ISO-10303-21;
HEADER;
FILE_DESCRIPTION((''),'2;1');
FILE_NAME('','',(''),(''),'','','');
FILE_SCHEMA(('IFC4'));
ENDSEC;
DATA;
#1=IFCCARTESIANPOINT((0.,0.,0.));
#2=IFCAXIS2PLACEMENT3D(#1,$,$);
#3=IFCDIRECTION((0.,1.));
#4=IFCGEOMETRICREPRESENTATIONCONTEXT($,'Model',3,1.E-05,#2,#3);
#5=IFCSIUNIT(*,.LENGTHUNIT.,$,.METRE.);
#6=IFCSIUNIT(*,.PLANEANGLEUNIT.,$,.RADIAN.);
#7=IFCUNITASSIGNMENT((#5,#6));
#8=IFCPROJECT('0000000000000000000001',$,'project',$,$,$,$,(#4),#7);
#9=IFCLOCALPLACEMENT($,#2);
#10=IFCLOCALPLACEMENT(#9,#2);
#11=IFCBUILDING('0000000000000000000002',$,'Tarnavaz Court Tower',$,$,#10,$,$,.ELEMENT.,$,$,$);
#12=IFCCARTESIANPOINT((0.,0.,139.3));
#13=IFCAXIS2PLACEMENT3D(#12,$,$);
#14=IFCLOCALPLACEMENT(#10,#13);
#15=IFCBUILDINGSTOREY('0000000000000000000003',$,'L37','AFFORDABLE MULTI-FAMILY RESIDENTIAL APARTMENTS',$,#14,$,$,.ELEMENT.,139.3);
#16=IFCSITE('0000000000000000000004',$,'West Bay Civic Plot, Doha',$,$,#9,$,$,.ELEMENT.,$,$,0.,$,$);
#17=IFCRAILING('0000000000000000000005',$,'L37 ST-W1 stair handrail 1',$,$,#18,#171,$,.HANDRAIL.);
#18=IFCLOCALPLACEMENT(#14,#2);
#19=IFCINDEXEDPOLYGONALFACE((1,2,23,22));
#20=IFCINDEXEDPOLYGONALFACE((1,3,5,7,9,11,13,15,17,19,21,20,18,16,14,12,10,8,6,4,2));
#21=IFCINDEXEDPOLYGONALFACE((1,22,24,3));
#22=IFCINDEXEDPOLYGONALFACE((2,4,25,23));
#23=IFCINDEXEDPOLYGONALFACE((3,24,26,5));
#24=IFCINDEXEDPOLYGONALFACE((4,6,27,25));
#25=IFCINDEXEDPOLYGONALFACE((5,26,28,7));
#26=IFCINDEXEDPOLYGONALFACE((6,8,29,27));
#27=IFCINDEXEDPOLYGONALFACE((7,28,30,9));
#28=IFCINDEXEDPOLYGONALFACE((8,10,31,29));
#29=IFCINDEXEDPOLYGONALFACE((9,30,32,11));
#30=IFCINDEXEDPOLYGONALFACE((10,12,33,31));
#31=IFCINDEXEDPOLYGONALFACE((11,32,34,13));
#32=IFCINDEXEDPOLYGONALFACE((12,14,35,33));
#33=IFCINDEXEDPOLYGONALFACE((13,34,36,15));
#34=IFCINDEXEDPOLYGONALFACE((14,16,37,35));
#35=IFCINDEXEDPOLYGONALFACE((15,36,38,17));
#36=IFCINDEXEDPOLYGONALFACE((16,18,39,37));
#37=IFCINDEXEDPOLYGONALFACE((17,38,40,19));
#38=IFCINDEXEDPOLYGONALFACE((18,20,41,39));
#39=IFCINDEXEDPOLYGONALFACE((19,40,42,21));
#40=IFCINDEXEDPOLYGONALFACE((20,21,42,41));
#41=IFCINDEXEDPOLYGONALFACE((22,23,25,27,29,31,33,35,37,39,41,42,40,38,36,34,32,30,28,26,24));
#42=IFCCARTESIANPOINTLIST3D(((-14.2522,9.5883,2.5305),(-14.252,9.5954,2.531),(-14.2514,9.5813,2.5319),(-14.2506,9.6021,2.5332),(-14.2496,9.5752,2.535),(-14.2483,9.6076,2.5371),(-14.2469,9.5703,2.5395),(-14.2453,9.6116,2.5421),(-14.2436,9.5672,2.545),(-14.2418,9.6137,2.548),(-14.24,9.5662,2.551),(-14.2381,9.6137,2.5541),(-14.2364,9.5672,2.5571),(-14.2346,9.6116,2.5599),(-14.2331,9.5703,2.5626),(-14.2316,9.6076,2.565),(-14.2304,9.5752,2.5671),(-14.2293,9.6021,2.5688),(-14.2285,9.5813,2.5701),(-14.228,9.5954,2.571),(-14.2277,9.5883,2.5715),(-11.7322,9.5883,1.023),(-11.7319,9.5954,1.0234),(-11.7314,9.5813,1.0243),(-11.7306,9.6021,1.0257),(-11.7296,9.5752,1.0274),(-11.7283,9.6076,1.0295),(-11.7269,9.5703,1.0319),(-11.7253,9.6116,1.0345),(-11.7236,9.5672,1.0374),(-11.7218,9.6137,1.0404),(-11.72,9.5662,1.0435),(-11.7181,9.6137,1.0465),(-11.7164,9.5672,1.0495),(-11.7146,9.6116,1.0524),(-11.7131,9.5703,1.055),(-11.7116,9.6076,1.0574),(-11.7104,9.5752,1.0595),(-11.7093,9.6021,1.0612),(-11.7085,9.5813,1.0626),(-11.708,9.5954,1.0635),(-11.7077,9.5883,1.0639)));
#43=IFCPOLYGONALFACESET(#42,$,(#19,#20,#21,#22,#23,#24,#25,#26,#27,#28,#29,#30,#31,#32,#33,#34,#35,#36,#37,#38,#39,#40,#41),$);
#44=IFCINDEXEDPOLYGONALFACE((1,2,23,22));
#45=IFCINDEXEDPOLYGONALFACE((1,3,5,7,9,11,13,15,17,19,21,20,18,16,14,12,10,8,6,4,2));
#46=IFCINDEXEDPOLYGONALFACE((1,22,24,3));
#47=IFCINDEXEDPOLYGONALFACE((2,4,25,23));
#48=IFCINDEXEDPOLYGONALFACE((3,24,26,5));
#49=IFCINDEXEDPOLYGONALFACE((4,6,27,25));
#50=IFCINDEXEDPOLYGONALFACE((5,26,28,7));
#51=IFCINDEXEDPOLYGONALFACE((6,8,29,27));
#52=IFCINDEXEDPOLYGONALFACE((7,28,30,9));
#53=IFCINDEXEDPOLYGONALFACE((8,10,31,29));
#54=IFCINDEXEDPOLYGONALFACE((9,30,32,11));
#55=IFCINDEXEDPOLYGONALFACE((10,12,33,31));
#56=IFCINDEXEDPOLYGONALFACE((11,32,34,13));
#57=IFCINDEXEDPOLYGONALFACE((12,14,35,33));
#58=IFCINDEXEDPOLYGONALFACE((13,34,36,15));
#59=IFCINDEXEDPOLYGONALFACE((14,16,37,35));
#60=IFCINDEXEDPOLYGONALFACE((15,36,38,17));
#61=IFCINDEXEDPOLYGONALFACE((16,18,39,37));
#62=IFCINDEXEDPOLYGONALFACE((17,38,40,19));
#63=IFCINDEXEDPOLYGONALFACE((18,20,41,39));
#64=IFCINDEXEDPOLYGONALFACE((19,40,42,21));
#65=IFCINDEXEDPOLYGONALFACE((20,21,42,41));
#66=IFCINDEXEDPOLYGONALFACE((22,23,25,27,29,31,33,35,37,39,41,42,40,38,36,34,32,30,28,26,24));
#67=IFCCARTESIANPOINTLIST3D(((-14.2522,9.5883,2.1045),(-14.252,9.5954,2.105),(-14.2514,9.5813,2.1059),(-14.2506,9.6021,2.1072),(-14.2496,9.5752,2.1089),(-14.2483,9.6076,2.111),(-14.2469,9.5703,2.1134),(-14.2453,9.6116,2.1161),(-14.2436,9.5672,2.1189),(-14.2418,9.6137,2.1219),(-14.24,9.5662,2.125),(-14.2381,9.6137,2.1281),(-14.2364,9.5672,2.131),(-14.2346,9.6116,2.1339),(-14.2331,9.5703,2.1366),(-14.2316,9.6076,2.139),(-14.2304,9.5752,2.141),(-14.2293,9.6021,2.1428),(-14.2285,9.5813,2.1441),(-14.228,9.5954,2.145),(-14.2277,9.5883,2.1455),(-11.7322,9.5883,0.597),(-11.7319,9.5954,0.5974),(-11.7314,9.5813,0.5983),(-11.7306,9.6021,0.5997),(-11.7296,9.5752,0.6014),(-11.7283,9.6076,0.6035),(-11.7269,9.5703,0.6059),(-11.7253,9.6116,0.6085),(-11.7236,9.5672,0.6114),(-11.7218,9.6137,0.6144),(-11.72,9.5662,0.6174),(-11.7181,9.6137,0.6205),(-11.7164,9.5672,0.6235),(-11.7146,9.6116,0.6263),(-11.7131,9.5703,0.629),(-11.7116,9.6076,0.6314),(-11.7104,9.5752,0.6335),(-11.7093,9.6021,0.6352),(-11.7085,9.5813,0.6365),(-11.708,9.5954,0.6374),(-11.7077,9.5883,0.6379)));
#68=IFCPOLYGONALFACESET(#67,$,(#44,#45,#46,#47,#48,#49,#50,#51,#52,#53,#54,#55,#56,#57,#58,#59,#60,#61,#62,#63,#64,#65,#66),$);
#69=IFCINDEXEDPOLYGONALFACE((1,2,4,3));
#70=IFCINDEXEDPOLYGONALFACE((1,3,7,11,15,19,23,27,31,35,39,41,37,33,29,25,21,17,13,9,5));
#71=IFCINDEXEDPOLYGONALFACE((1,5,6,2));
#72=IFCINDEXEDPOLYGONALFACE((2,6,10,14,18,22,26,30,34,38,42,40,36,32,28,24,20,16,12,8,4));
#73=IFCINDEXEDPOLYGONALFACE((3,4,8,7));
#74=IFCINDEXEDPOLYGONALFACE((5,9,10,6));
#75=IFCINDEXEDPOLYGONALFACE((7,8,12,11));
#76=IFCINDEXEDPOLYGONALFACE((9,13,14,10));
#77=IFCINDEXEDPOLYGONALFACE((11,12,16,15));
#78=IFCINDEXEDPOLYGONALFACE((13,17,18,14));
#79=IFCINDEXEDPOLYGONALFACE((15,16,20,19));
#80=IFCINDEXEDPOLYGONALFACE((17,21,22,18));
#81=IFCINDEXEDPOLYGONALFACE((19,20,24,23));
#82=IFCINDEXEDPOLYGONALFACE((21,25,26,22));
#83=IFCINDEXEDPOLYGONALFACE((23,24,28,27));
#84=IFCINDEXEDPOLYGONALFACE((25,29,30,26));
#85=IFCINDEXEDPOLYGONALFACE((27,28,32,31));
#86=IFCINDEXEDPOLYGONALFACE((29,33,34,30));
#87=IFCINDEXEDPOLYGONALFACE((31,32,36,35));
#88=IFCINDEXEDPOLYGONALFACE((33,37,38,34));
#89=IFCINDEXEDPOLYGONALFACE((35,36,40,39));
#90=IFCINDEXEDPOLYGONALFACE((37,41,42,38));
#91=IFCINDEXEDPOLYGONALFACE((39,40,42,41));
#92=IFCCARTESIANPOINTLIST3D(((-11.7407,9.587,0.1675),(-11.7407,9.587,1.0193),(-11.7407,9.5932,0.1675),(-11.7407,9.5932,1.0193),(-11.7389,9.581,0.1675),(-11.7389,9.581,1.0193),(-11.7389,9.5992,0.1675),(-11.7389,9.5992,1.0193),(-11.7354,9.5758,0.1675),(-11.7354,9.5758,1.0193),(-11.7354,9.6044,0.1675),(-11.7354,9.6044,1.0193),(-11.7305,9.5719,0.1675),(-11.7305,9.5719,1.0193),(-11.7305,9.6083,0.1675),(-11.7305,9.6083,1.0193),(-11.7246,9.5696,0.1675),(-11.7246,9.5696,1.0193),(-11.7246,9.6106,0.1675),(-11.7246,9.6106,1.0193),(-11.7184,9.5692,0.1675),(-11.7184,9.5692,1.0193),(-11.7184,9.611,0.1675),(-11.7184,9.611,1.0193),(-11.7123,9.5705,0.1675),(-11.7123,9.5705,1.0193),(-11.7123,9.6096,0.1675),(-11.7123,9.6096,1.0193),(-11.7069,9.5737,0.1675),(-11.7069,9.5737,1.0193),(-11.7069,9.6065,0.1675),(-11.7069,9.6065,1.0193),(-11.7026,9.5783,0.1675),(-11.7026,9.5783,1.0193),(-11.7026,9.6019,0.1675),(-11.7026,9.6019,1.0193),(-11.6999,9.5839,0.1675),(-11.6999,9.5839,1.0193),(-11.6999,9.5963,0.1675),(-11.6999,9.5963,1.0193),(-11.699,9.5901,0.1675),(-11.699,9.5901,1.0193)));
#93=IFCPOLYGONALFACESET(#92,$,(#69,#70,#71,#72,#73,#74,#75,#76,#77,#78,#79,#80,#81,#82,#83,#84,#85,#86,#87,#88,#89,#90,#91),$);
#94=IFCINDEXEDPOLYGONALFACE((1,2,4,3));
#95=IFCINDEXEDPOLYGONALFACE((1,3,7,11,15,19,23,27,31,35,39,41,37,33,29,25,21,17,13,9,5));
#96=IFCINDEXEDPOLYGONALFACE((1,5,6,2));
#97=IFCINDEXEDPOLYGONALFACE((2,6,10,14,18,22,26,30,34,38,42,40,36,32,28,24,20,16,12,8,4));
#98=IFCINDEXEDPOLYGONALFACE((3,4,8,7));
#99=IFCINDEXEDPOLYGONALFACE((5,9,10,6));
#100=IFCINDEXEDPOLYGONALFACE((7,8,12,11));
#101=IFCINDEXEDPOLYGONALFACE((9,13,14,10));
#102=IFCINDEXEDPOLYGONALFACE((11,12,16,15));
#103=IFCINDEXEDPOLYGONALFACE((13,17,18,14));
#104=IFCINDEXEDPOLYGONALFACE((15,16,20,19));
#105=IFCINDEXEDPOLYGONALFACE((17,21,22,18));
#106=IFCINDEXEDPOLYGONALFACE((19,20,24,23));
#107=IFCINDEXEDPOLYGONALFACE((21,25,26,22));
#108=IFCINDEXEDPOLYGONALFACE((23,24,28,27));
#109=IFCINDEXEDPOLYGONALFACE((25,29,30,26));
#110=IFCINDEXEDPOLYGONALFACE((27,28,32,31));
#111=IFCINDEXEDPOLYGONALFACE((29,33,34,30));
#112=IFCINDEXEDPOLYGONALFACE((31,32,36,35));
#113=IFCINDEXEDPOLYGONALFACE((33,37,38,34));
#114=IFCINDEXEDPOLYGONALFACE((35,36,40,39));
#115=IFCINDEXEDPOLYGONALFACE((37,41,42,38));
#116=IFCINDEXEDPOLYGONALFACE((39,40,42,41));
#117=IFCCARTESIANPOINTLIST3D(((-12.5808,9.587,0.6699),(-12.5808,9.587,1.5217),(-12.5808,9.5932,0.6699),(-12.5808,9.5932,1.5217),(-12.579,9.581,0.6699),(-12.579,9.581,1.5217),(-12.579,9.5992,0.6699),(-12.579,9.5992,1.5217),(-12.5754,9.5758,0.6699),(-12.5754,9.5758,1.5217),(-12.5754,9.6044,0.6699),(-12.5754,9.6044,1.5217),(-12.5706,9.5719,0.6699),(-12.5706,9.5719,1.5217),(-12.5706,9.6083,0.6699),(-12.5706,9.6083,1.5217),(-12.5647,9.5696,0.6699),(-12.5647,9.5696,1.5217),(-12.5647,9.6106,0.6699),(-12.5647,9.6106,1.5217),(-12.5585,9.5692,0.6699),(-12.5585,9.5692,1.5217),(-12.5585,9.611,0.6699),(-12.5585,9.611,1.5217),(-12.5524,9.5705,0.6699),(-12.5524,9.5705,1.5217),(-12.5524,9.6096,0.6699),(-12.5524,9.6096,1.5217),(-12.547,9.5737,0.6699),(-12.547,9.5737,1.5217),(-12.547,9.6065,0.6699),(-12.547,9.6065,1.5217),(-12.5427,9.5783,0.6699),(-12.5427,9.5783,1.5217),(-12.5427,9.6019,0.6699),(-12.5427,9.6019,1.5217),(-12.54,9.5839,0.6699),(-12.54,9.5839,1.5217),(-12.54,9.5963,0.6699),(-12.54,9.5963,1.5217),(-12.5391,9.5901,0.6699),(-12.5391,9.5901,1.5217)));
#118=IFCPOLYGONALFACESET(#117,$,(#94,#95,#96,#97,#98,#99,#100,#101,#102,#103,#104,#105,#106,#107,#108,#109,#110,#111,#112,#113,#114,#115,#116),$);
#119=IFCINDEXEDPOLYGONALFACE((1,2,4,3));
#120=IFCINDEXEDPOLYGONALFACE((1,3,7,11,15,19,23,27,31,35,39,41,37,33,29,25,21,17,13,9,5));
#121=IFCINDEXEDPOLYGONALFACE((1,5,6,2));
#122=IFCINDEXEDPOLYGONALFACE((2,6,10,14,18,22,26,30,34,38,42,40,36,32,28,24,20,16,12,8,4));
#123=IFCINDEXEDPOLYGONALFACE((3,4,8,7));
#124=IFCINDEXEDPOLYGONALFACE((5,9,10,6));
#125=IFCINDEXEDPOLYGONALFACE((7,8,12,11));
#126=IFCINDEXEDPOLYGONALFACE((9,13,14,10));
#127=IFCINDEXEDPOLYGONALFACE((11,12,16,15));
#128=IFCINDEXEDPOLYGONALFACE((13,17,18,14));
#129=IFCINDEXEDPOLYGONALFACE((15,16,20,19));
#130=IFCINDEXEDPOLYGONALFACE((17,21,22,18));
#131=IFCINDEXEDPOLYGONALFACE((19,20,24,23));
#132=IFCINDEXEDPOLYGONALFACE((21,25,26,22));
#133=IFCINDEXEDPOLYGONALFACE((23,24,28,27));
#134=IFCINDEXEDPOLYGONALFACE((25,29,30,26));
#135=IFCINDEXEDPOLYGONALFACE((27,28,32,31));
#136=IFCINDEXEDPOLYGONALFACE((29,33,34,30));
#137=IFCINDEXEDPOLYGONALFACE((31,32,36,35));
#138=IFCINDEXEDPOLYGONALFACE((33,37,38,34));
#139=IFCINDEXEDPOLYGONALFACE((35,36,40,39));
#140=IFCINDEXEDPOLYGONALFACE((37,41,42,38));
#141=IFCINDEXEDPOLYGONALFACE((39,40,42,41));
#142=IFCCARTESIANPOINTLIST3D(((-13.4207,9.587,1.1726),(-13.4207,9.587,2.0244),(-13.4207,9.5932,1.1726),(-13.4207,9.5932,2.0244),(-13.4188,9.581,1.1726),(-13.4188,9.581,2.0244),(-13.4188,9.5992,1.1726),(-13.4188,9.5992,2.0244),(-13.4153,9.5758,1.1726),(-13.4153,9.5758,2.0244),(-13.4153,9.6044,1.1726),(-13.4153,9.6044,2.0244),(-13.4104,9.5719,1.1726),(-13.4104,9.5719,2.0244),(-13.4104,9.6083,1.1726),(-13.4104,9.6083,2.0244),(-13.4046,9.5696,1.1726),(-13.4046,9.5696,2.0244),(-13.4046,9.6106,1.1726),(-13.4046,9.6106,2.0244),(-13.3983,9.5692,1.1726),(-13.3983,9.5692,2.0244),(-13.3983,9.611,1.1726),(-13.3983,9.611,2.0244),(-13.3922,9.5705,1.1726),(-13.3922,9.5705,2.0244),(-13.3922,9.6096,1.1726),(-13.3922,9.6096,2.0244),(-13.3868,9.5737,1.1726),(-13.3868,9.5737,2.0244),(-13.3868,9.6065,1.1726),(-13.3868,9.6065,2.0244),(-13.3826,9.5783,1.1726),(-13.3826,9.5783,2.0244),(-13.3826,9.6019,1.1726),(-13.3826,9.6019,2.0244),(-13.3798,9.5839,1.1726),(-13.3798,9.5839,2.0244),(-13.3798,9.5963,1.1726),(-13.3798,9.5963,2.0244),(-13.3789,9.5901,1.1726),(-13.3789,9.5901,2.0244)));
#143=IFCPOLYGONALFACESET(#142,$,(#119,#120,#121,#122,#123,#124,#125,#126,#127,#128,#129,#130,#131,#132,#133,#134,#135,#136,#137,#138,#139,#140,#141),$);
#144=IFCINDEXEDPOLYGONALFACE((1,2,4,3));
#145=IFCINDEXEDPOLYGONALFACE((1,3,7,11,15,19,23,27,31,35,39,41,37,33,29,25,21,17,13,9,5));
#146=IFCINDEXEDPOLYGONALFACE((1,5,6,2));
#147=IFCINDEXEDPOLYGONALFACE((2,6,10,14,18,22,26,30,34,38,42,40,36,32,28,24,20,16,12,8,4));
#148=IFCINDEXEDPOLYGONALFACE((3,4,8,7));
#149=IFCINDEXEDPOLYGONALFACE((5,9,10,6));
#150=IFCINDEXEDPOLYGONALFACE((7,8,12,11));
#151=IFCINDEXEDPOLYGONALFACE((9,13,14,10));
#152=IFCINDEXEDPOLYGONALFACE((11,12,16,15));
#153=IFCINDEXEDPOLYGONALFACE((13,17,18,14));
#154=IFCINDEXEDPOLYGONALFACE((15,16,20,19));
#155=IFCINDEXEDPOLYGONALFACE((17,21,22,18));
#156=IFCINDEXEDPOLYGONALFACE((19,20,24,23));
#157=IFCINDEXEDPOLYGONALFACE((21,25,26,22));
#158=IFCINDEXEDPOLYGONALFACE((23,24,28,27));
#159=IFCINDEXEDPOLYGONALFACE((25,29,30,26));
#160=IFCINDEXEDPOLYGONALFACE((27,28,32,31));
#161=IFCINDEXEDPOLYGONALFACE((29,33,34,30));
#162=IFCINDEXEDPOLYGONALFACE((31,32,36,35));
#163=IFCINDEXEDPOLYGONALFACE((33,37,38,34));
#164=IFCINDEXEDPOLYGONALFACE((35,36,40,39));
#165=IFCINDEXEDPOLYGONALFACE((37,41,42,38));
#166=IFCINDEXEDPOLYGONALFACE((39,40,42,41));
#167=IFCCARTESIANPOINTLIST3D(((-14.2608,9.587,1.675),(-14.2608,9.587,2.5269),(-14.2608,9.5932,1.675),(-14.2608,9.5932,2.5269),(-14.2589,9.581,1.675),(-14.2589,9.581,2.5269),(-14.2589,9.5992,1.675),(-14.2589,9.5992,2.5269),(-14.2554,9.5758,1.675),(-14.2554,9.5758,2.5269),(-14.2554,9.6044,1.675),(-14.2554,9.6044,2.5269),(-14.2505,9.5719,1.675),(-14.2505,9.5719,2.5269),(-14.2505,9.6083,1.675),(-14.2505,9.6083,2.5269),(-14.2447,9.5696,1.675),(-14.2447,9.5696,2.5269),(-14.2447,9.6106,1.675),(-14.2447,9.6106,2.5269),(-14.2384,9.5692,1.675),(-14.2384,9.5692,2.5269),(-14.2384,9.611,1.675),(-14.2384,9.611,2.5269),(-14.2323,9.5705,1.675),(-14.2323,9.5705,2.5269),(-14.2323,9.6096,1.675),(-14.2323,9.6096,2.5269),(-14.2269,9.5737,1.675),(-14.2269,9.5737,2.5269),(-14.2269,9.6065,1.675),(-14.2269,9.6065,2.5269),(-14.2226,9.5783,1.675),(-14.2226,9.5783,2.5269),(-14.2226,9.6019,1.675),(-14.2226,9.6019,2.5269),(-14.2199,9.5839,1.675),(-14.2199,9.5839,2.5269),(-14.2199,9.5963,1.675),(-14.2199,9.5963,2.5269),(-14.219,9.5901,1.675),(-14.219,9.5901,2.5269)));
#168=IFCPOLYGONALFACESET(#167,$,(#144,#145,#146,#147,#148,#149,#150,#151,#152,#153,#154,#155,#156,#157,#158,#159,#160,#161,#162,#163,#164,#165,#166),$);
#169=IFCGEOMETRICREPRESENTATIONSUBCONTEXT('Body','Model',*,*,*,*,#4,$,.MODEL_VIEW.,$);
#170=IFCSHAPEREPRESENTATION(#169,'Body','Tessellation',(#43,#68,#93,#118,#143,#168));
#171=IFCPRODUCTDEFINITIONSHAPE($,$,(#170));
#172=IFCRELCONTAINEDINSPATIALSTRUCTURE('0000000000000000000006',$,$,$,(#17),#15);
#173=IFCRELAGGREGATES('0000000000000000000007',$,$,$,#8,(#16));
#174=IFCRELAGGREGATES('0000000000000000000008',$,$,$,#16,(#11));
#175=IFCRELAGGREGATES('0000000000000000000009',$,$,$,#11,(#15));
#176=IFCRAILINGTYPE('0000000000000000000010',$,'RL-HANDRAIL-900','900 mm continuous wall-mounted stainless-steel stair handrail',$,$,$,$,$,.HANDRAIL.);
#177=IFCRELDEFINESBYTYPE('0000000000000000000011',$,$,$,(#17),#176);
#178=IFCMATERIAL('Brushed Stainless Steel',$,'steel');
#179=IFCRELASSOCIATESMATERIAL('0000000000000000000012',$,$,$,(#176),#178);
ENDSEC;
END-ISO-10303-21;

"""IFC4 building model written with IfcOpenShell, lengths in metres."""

from ifc_helpers import new_model, si_unit, direction, frame, origin, origin_2d, place, context, subcontext, project, spatial, circle, extrude, material, type_object, element, save


model = new_model("IFC4")

# Units and contexts
model_context = context("Model", 3, precision=1e-05, world=origin(), true_north=direction((0.0, 1.0)))
body_context = subcontext(model_context, "Body", "Model", "MODEL_VIEW")
ifc_project = project(units=[si_unit("LENGTHUNIT", "METRE"), si_unit("PLANEANGLEUNIT", "RADIAN")], contexts=[model_context])

# Site, building, storey
site_placement = place(None, origin())
site = spatial("IfcSite", under=ifc_project, at=site_placement, Name="West Bay Civic Plot, Doha", CompositionType="ELEMENT", RefElevation=0.0)
building_placement = place(site_placement, origin())
building = spatial("IfcBuilding", under=site, at=building_placement, Name="Tarnavaz Court Tower", CompositionType="ELEMENT")
storey_placement = place(building_placement, frame((0.0, 0.0, 139.3)))
storey = spatial("IfcBuildingStorey", under=building, at=storey_placement, Name="L37", Description="AFFORDABLE MULTI-FAMILY RESIDENTIAL APARTMENTS", CompositionType="ELEMENT", Elevation=139.3)

# Railing
ifc_material_1 = material(Name="Brushed Stainless Steel", Category="steel")
railing_type_1 = type_object("IfcRailingType", Name="RL-HANDRAIL-900", Description="900 mm continuous wall-mounted stainless-steel stair handrail", PredefinedType="HANDRAIL", material=ifc_material_1)
railing_1_placement = place(storey_placement, frame((-11.72, 9.5901, 0.1675)))
element("IfcRailing", 1, at=railing_1_placement, inside=storey, type_object=railing_type_1, Name="L37 ST-W1 stair handrail 1", PredefinedType="HANDRAIL", context=body_context, shape_type="SweptSolid", body=[
    extrude(circle(Radius=0.0239, at=origin_2d()), frame((0.0, 0.0, 0.876), z_axis=(-0.85816, 0.0, 0.513383), x_axis=(0.0, -1.0, 0.0)), (0.0, 0.0, 1.0), 2.9365),
    extrude(circle(Radius=0.0239, at=origin_2d()), frame((0.0, 0.0, 0.45), z_axis=(-0.85816, 0.0, 0.513383), x_axis=(0.0, -1.0, 0.0)), (0.0, 0.0, 1.0), 2.9365),
    extrude(circle(Radius=0.021, at=origin_2d()), origin(), (0.0, 0.0, 1.0), 0.8518),
    extrude(circle(Radius=0.021, at=origin_2d()), frame((-0.8401, 0.0, 0.5024)), (0.0, 0.0, 1.0), 0.8518),
    extrude(circle(Radius=0.021, at=origin_2d()), frame((-1.6799, 0.0, 1.0051)), (0.0, 0.0, 1.0), 0.8518),
    extrude(circle(Radius=0.021, at=origin_2d()), frame((-2.52, 0.0, 1.5076)), (0.0, 0.0, 1.0), 0.8518),
])

save(model, "model.ifc")
